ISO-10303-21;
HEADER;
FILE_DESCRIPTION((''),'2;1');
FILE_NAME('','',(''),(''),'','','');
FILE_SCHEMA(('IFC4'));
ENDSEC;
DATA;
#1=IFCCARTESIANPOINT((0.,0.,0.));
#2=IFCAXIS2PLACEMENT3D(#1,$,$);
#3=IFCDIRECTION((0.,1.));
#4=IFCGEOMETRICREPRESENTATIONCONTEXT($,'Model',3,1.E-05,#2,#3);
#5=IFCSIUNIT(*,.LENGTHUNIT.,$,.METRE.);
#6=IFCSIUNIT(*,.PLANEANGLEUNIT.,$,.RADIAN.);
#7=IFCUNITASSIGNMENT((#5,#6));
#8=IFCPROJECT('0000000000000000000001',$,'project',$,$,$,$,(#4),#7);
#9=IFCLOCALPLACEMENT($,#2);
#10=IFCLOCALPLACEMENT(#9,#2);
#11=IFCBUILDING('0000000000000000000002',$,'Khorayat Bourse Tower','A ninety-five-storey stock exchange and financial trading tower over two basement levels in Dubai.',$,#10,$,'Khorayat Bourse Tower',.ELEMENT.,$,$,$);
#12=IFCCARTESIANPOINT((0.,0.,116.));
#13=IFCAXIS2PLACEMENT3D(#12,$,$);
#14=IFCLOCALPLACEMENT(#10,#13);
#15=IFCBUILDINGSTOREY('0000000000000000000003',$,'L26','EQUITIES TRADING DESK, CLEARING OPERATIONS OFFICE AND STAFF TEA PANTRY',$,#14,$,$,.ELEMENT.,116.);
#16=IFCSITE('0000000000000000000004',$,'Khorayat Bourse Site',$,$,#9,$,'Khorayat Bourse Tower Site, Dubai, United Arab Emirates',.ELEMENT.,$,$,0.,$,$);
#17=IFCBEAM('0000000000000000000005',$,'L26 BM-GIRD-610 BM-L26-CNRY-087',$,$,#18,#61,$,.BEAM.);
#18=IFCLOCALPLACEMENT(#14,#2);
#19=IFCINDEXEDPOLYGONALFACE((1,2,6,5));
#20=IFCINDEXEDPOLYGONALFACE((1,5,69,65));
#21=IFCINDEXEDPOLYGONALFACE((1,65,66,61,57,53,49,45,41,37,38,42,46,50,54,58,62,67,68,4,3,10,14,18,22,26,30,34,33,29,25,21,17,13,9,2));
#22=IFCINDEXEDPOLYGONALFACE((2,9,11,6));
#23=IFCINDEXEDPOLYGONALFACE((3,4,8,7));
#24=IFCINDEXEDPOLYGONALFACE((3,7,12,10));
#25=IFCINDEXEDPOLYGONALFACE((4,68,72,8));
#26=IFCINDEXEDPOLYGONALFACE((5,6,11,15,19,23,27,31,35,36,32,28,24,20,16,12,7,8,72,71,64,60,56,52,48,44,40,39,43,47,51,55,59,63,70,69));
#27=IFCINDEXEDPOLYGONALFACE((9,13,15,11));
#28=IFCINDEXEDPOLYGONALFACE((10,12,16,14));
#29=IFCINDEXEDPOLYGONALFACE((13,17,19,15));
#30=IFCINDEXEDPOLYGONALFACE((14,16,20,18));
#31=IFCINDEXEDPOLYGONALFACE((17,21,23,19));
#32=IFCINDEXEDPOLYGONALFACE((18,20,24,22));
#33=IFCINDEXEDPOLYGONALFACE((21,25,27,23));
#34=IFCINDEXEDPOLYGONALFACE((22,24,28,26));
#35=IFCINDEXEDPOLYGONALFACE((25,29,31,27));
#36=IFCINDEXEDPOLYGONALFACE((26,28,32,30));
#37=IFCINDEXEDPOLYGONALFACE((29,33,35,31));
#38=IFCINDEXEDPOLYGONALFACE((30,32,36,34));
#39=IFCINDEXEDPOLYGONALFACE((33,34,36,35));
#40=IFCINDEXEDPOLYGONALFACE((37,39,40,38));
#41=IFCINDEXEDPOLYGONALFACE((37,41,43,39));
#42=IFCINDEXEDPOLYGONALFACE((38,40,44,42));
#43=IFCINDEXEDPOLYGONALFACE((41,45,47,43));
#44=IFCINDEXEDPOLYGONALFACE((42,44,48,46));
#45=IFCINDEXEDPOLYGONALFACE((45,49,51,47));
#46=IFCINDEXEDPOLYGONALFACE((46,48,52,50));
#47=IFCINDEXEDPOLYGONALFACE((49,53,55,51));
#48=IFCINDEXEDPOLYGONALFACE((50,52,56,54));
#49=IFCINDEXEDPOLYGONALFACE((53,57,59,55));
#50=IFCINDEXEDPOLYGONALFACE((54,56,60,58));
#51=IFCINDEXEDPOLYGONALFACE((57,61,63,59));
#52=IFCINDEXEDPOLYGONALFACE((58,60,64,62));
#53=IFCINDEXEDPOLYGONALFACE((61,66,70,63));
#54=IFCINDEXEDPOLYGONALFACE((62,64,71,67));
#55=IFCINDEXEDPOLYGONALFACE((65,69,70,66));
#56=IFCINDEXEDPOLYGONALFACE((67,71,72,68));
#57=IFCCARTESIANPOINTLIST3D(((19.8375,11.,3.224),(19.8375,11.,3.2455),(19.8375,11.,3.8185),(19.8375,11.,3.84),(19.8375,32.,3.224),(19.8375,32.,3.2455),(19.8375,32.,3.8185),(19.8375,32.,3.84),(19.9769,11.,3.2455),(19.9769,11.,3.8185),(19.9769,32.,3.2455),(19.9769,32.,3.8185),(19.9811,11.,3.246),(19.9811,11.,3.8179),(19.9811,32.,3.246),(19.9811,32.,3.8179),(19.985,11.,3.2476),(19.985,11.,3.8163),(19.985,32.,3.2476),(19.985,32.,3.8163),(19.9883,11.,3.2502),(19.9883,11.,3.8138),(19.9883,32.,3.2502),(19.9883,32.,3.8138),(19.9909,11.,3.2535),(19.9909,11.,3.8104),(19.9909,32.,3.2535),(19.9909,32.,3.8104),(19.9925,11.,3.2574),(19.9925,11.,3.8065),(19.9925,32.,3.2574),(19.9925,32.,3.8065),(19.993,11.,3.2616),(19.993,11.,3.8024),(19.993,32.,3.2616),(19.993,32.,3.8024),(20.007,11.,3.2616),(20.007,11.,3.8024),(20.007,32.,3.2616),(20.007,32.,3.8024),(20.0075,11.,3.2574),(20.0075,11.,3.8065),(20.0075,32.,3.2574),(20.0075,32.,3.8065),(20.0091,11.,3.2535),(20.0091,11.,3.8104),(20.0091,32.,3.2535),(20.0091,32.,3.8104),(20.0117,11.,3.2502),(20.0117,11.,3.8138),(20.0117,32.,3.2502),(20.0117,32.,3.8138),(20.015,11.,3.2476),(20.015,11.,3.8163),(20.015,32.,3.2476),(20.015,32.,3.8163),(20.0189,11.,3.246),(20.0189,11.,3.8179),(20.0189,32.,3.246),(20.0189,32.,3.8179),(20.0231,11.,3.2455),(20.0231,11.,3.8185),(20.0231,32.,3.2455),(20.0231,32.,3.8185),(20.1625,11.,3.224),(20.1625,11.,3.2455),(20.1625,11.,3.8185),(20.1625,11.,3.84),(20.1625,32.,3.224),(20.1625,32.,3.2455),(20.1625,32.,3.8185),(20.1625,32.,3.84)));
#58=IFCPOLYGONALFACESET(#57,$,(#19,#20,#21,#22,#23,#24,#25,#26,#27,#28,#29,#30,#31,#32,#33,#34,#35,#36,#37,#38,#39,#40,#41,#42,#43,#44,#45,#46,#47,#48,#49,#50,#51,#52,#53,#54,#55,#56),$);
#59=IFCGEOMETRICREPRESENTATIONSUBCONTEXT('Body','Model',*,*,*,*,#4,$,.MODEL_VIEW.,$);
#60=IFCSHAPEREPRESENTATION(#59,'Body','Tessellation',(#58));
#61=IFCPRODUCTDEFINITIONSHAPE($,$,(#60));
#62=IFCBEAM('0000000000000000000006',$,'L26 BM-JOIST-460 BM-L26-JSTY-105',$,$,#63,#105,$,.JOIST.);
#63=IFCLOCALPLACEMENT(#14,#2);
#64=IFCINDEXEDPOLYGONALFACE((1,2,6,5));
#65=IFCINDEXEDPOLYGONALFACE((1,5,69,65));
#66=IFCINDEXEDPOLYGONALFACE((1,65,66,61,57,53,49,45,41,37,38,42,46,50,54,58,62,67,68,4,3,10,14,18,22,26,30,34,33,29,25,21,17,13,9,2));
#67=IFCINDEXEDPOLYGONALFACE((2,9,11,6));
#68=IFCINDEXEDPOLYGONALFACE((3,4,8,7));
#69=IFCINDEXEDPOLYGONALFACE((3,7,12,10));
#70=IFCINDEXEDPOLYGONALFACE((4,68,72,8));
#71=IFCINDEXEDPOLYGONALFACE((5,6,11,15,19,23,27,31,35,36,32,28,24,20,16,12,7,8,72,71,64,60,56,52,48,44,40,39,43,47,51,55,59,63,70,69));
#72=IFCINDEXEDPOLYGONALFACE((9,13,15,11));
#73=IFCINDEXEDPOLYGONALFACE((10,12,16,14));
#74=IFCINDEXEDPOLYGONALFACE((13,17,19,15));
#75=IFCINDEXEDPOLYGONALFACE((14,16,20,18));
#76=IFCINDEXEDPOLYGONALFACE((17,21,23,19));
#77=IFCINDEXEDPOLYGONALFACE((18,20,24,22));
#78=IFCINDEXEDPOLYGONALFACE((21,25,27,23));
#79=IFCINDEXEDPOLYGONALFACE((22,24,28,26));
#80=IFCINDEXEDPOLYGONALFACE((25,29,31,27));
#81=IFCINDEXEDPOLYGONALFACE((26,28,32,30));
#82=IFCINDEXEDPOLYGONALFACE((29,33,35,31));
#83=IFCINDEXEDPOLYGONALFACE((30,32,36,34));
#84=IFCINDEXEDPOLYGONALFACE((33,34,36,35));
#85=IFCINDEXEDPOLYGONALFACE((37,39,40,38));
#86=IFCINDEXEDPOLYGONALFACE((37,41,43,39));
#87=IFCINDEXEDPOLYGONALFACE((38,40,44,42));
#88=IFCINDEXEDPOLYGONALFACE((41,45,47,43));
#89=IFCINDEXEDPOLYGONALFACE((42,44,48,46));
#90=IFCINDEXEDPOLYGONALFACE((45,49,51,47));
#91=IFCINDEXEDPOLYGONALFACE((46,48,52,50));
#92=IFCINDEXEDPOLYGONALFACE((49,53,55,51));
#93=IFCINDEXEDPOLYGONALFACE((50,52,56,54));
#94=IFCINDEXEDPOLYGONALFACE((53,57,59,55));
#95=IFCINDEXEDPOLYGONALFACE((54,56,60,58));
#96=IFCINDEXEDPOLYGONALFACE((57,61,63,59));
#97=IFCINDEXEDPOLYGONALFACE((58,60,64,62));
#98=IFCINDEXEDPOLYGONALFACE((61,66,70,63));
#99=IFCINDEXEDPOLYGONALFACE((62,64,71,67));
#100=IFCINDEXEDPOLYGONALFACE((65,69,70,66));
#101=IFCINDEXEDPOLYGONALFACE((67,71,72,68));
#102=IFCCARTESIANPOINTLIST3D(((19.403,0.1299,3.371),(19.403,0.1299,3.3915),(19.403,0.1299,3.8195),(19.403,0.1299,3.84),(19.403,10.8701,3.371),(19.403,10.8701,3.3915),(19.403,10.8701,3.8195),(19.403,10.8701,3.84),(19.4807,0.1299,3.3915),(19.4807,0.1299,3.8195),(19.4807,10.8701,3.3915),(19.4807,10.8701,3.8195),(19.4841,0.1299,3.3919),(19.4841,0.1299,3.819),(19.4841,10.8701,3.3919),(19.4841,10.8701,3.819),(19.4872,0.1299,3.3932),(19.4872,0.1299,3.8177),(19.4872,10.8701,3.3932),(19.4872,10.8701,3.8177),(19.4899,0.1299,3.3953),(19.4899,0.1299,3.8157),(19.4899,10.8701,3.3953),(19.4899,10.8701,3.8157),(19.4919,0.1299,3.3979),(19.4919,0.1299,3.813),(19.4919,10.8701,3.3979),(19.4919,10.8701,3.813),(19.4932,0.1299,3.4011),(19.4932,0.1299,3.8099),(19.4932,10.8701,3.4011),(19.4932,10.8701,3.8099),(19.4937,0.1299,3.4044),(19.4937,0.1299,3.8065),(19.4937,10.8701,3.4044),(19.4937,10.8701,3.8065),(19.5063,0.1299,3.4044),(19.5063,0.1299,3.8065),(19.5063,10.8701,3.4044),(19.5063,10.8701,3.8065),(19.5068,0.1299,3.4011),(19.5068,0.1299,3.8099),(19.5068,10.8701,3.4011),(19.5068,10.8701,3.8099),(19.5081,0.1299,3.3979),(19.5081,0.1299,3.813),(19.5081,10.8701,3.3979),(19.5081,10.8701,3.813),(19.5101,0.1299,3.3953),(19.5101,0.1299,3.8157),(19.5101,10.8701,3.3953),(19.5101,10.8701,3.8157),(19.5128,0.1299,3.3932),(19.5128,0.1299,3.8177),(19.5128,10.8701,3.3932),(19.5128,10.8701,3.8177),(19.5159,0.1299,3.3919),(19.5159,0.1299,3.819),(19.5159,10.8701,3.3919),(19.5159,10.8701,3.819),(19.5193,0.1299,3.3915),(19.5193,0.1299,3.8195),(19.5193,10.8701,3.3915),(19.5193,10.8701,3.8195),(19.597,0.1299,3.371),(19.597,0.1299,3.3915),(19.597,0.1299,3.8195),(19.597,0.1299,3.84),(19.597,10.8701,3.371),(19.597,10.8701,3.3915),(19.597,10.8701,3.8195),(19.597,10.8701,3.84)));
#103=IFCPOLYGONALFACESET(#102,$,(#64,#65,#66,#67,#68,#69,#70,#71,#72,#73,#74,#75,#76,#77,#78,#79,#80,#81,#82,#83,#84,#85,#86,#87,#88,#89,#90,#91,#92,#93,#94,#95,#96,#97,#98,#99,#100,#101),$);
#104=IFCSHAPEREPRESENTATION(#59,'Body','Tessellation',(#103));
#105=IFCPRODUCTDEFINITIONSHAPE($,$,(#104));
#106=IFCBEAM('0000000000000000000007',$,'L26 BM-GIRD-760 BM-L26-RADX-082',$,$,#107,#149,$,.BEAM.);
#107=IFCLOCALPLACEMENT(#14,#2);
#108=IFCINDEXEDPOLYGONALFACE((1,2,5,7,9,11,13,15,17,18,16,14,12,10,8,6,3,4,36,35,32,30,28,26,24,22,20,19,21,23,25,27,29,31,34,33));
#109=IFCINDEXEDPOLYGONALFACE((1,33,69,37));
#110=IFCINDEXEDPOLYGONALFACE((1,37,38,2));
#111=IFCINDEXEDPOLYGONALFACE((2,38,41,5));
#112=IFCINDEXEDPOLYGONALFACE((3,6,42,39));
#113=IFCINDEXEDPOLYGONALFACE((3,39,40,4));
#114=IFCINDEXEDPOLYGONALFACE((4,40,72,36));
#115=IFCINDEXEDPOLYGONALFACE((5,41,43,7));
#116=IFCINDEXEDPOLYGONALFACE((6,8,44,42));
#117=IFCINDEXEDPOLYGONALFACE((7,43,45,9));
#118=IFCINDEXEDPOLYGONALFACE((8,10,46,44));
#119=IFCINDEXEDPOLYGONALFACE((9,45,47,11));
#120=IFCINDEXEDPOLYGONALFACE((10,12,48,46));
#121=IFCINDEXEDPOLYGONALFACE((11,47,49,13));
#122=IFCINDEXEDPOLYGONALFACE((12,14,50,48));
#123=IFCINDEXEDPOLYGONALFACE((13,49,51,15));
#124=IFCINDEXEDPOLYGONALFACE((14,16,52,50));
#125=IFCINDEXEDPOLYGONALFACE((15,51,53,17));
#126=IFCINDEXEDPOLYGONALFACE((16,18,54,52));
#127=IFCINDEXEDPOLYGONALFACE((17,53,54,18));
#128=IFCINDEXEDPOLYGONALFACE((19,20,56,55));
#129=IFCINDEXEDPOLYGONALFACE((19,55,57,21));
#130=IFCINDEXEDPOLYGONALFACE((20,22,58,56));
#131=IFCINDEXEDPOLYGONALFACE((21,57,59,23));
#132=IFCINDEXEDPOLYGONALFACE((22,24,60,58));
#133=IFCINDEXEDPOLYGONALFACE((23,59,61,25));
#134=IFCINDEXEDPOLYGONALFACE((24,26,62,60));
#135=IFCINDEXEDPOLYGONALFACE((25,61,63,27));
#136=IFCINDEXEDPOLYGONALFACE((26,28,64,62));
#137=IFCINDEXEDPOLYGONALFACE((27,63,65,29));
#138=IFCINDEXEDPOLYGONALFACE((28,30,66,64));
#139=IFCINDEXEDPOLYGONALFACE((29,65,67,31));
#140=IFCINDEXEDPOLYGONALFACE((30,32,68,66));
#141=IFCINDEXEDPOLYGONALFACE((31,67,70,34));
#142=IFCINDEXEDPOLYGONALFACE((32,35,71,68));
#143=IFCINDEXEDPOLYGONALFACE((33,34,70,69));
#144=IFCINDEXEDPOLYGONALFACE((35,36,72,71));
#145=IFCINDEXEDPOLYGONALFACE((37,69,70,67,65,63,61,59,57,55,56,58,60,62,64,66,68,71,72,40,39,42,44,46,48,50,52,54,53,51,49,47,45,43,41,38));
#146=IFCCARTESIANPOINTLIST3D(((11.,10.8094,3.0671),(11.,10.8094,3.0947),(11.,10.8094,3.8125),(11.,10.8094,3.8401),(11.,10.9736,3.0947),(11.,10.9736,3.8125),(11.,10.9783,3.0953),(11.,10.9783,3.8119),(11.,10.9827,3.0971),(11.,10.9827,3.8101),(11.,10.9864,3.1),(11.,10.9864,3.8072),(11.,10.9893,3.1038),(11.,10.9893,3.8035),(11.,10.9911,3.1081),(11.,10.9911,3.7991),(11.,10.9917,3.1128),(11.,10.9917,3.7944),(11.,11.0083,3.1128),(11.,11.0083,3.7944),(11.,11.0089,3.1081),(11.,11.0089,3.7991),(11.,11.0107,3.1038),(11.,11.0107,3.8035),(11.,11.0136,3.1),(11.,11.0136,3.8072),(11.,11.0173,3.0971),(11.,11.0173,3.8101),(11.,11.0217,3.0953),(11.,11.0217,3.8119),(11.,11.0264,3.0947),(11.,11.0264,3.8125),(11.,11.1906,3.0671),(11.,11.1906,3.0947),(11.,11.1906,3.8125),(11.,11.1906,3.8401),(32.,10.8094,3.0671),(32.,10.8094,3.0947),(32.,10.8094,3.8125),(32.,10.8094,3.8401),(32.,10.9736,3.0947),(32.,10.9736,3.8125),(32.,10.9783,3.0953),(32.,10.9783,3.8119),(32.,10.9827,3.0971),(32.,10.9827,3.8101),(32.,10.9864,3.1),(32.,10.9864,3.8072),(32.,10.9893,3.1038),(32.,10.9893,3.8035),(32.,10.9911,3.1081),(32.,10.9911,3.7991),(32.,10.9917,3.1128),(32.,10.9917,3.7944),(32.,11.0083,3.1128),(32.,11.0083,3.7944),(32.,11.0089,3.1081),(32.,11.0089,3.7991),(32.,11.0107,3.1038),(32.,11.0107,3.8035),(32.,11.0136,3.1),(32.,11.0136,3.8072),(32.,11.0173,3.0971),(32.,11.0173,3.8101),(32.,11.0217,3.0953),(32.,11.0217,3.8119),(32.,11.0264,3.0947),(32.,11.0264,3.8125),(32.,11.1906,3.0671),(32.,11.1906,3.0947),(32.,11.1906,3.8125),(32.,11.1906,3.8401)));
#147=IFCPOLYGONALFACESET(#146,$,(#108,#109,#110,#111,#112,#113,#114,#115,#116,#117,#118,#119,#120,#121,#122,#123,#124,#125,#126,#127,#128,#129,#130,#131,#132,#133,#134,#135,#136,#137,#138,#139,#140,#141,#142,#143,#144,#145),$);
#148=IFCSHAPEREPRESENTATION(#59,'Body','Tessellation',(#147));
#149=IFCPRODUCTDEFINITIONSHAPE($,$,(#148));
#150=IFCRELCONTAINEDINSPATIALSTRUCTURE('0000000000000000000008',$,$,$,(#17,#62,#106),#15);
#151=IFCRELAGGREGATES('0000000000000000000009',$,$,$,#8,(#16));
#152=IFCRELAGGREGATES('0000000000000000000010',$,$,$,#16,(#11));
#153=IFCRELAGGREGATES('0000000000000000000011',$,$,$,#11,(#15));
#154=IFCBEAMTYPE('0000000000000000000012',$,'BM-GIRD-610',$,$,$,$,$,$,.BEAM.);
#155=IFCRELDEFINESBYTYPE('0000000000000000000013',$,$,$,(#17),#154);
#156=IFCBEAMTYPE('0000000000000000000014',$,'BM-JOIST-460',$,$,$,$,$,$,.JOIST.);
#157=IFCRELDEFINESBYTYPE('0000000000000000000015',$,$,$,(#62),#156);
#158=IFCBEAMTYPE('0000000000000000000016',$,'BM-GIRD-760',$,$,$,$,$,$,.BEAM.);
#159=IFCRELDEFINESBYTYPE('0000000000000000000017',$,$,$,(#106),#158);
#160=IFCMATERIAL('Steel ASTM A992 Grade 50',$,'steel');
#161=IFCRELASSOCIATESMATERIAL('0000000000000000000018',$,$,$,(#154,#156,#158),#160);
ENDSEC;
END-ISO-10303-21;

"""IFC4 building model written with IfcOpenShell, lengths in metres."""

from ifc_helpers import new_model, si_unit, direction, frame, origin, origin_2d, place, context, subcontext, project, spatial, i_section, extrude, source, transform, mapped, material, material_profile, profile_set, type_object, element, save


model = new_model("IFC4")

# Units and contexts
model_context = context("Model", 3, precision=1e-05, world=origin(), true_north=direction((0.0, 1.0)))
body_context = subcontext(model_context, "Body", "Model", "MODEL_VIEW")
ifc_project = project(units=[si_unit("LENGTHUNIT", "METRE"), si_unit("PLANEANGLEUNIT", "RADIAN")], contexts=[model_context])

# Site, building, storey
site_placement = place(None, origin())
site = spatial("IfcSite", under=ifc_project, at=site_placement, Name="Khorayat Bourse Site", LongName="Khorayat Bourse Tower Site, Dubai, United Arab Emirates", CompositionType="ELEMENT", RefElevation=0.0)
building_placement = place(site_placement, origin())
building = spatial("IfcBuilding", under=site, at=building_placement, Name="Khorayat Bourse Tower", Description="A ninety-five-storey stock exchange and financial trading tower over two basement levels in Dubai.", LongName="Khorayat Bourse Tower", CompositionType="ELEMENT")
storey_placement = place(building_placement, frame((0.0, 0.0, 116.0)))
storey = spatial("IfcBuildingStorey", under=building, at=storey_placement, Name="L26", Description="EQUITIES TRADING DESK, CLEARING OPERATIONS OFFICE AND STAFF TEA PANTRY", CompositionType="ELEMENT", Elevation=116.0)

# Beams
ifc_material_1 = material(Name="Steel ASTM A992 Grade 50", Category="steel")
ifc_material_profile_1 = material_profile(ifc_material_1, i_section(OverallWidth=0.325, OverallDepth=0.616, WebThickness=0.0139, FlangeThickness=0.0215, FilletRadius=0.0161, at=origin_2d()), Name="W610X174")
ifc_profile_set_1 = profile_set([ifc_material_profile_1], Name="Steel ASTM A992 Grade 50")
beam_type_1 = type_object("IfcBeamType", Name="BM-GIRD-610", PredefinedType="BEAM", material=ifc_profile_set_1)
shared_shape_1 = source(origin(), body_context, "Body", "SweptSolid", [
    extrude(i_section(OverallWidth=0.325, OverallDepth=0.616, WebThickness=0.0139, FlangeThickness=0.0215, FilletRadius=0.0161, at=origin_2d()), origin(), (0.0, 0.0, 1.0), 21.0),
])
beam_1_placement = place(storey_placement, frame((20.0, 11.0, 3.532), z_axis=(0.0, 1.0, 0.0), x_axis=(-1.0, 0.0, 0.0)))
element("IfcBeam", 1, at=beam_1_placement, inside=storey, type_object=beam_type_1, Name="L26 BM-GIRD-610 BM-L26-CNRY-087", PredefinedType="BEAM", context=body_context, shape_type="MappedRepresentation", body=[
    mapped(shared_shape_1, transform((0.0, 0.0, 0.0), scale=1.0)),
])
ifc_material_profile_2 = material_profile(ifc_material_1, i_section(OverallWidth=0.1941, OverallDepth=0.469, WebThickness=0.0127, FlangeThickness=0.0205, FilletRadius=0.0129, at=origin_2d()), Name="W460X106")
ifc_profile_set_2 = profile_set([ifc_material_profile_2], Name="Steel ASTM A992 Grade 50")
beam_type_2 = type_object("IfcBeamType", Name="BM-JOIST-460", PredefinedType="JOIST", material=ifc_profile_set_2)
shared_shape_2 = source(origin(), body_context, "Body", "SweptSolid", [
    extrude(i_section(OverallWidth=0.1941, OverallDepth=0.469, WebThickness=0.0127, FlangeThickness=0.0205, FilletRadius=0.0129, at=origin_2d()), origin(), (0.0, 0.0, 1.0), 10.7402),
])
beam_2_placement = place(storey_placement, frame((19.5, 0.1299, 3.6055), z_axis=(0.0, 1.0, 0.0), x_axis=(-1.0, 0.0, 0.0)))
element("IfcBeam", 2, at=beam_2_placement, inside=storey, type_object=beam_type_2, Name="L26 BM-JOIST-460 BM-L26-JSTY-105", PredefinedType="JOIST", context=body_context, shape_type="MappedRepresentation", body=[
    mapped(shared_shape_2, transform((0.0, 0.0, 0.0), scale=1.0)),
])
ifc_material_profile_3 = material_profile(ifc_material_1, i_section(OverallWidth=0.3811, OverallDepth=0.7729, WebThickness=0.0166, FlangeThickness=0.0276, FilletRadius=0.0181, at=origin_2d()), Name="W760X257")
ifc_profile_set_3 = profile_set([ifc_material_profile_3], Name="Steel ASTM A992 Grade 50")
beam_type_3 = type_object("IfcBeamType", Name="BM-GIRD-760", PredefinedType="BEAM", material=ifc_profile_set_3)
shared_shape_3 = source(origin(), body_context, "Body", "SweptSolid", [
    extrude(i_section(OverallWidth=0.3811, OverallDepth=0.7729, WebThickness=0.0166, FlangeThickness=0.0276, FilletRadius=0.0181, at=origin_2d()), origin(), (0.0, 0.0, 1.0), 21.0),
])
beam_3_placement = place(storey_placement, frame((11.0, 11.0, 3.4536), z_axis=(1.0, 0.0, 0.0), x_axis=(0.0, 1.0, 0.0)))
element("IfcBeam", 3, at=beam_3_placement, inside=storey, type_object=beam_type_3, Name="L26 BM-GIRD-760 BM-L26-RADX-082", PredefinedType="BEAM", context=body_context, shape_type="MappedRepresentation", body=[
    mapped(shared_shape_3, transform((0.0, 0.0, 0.0), scale=1.0)),
])

save(model, "model.ifc")
